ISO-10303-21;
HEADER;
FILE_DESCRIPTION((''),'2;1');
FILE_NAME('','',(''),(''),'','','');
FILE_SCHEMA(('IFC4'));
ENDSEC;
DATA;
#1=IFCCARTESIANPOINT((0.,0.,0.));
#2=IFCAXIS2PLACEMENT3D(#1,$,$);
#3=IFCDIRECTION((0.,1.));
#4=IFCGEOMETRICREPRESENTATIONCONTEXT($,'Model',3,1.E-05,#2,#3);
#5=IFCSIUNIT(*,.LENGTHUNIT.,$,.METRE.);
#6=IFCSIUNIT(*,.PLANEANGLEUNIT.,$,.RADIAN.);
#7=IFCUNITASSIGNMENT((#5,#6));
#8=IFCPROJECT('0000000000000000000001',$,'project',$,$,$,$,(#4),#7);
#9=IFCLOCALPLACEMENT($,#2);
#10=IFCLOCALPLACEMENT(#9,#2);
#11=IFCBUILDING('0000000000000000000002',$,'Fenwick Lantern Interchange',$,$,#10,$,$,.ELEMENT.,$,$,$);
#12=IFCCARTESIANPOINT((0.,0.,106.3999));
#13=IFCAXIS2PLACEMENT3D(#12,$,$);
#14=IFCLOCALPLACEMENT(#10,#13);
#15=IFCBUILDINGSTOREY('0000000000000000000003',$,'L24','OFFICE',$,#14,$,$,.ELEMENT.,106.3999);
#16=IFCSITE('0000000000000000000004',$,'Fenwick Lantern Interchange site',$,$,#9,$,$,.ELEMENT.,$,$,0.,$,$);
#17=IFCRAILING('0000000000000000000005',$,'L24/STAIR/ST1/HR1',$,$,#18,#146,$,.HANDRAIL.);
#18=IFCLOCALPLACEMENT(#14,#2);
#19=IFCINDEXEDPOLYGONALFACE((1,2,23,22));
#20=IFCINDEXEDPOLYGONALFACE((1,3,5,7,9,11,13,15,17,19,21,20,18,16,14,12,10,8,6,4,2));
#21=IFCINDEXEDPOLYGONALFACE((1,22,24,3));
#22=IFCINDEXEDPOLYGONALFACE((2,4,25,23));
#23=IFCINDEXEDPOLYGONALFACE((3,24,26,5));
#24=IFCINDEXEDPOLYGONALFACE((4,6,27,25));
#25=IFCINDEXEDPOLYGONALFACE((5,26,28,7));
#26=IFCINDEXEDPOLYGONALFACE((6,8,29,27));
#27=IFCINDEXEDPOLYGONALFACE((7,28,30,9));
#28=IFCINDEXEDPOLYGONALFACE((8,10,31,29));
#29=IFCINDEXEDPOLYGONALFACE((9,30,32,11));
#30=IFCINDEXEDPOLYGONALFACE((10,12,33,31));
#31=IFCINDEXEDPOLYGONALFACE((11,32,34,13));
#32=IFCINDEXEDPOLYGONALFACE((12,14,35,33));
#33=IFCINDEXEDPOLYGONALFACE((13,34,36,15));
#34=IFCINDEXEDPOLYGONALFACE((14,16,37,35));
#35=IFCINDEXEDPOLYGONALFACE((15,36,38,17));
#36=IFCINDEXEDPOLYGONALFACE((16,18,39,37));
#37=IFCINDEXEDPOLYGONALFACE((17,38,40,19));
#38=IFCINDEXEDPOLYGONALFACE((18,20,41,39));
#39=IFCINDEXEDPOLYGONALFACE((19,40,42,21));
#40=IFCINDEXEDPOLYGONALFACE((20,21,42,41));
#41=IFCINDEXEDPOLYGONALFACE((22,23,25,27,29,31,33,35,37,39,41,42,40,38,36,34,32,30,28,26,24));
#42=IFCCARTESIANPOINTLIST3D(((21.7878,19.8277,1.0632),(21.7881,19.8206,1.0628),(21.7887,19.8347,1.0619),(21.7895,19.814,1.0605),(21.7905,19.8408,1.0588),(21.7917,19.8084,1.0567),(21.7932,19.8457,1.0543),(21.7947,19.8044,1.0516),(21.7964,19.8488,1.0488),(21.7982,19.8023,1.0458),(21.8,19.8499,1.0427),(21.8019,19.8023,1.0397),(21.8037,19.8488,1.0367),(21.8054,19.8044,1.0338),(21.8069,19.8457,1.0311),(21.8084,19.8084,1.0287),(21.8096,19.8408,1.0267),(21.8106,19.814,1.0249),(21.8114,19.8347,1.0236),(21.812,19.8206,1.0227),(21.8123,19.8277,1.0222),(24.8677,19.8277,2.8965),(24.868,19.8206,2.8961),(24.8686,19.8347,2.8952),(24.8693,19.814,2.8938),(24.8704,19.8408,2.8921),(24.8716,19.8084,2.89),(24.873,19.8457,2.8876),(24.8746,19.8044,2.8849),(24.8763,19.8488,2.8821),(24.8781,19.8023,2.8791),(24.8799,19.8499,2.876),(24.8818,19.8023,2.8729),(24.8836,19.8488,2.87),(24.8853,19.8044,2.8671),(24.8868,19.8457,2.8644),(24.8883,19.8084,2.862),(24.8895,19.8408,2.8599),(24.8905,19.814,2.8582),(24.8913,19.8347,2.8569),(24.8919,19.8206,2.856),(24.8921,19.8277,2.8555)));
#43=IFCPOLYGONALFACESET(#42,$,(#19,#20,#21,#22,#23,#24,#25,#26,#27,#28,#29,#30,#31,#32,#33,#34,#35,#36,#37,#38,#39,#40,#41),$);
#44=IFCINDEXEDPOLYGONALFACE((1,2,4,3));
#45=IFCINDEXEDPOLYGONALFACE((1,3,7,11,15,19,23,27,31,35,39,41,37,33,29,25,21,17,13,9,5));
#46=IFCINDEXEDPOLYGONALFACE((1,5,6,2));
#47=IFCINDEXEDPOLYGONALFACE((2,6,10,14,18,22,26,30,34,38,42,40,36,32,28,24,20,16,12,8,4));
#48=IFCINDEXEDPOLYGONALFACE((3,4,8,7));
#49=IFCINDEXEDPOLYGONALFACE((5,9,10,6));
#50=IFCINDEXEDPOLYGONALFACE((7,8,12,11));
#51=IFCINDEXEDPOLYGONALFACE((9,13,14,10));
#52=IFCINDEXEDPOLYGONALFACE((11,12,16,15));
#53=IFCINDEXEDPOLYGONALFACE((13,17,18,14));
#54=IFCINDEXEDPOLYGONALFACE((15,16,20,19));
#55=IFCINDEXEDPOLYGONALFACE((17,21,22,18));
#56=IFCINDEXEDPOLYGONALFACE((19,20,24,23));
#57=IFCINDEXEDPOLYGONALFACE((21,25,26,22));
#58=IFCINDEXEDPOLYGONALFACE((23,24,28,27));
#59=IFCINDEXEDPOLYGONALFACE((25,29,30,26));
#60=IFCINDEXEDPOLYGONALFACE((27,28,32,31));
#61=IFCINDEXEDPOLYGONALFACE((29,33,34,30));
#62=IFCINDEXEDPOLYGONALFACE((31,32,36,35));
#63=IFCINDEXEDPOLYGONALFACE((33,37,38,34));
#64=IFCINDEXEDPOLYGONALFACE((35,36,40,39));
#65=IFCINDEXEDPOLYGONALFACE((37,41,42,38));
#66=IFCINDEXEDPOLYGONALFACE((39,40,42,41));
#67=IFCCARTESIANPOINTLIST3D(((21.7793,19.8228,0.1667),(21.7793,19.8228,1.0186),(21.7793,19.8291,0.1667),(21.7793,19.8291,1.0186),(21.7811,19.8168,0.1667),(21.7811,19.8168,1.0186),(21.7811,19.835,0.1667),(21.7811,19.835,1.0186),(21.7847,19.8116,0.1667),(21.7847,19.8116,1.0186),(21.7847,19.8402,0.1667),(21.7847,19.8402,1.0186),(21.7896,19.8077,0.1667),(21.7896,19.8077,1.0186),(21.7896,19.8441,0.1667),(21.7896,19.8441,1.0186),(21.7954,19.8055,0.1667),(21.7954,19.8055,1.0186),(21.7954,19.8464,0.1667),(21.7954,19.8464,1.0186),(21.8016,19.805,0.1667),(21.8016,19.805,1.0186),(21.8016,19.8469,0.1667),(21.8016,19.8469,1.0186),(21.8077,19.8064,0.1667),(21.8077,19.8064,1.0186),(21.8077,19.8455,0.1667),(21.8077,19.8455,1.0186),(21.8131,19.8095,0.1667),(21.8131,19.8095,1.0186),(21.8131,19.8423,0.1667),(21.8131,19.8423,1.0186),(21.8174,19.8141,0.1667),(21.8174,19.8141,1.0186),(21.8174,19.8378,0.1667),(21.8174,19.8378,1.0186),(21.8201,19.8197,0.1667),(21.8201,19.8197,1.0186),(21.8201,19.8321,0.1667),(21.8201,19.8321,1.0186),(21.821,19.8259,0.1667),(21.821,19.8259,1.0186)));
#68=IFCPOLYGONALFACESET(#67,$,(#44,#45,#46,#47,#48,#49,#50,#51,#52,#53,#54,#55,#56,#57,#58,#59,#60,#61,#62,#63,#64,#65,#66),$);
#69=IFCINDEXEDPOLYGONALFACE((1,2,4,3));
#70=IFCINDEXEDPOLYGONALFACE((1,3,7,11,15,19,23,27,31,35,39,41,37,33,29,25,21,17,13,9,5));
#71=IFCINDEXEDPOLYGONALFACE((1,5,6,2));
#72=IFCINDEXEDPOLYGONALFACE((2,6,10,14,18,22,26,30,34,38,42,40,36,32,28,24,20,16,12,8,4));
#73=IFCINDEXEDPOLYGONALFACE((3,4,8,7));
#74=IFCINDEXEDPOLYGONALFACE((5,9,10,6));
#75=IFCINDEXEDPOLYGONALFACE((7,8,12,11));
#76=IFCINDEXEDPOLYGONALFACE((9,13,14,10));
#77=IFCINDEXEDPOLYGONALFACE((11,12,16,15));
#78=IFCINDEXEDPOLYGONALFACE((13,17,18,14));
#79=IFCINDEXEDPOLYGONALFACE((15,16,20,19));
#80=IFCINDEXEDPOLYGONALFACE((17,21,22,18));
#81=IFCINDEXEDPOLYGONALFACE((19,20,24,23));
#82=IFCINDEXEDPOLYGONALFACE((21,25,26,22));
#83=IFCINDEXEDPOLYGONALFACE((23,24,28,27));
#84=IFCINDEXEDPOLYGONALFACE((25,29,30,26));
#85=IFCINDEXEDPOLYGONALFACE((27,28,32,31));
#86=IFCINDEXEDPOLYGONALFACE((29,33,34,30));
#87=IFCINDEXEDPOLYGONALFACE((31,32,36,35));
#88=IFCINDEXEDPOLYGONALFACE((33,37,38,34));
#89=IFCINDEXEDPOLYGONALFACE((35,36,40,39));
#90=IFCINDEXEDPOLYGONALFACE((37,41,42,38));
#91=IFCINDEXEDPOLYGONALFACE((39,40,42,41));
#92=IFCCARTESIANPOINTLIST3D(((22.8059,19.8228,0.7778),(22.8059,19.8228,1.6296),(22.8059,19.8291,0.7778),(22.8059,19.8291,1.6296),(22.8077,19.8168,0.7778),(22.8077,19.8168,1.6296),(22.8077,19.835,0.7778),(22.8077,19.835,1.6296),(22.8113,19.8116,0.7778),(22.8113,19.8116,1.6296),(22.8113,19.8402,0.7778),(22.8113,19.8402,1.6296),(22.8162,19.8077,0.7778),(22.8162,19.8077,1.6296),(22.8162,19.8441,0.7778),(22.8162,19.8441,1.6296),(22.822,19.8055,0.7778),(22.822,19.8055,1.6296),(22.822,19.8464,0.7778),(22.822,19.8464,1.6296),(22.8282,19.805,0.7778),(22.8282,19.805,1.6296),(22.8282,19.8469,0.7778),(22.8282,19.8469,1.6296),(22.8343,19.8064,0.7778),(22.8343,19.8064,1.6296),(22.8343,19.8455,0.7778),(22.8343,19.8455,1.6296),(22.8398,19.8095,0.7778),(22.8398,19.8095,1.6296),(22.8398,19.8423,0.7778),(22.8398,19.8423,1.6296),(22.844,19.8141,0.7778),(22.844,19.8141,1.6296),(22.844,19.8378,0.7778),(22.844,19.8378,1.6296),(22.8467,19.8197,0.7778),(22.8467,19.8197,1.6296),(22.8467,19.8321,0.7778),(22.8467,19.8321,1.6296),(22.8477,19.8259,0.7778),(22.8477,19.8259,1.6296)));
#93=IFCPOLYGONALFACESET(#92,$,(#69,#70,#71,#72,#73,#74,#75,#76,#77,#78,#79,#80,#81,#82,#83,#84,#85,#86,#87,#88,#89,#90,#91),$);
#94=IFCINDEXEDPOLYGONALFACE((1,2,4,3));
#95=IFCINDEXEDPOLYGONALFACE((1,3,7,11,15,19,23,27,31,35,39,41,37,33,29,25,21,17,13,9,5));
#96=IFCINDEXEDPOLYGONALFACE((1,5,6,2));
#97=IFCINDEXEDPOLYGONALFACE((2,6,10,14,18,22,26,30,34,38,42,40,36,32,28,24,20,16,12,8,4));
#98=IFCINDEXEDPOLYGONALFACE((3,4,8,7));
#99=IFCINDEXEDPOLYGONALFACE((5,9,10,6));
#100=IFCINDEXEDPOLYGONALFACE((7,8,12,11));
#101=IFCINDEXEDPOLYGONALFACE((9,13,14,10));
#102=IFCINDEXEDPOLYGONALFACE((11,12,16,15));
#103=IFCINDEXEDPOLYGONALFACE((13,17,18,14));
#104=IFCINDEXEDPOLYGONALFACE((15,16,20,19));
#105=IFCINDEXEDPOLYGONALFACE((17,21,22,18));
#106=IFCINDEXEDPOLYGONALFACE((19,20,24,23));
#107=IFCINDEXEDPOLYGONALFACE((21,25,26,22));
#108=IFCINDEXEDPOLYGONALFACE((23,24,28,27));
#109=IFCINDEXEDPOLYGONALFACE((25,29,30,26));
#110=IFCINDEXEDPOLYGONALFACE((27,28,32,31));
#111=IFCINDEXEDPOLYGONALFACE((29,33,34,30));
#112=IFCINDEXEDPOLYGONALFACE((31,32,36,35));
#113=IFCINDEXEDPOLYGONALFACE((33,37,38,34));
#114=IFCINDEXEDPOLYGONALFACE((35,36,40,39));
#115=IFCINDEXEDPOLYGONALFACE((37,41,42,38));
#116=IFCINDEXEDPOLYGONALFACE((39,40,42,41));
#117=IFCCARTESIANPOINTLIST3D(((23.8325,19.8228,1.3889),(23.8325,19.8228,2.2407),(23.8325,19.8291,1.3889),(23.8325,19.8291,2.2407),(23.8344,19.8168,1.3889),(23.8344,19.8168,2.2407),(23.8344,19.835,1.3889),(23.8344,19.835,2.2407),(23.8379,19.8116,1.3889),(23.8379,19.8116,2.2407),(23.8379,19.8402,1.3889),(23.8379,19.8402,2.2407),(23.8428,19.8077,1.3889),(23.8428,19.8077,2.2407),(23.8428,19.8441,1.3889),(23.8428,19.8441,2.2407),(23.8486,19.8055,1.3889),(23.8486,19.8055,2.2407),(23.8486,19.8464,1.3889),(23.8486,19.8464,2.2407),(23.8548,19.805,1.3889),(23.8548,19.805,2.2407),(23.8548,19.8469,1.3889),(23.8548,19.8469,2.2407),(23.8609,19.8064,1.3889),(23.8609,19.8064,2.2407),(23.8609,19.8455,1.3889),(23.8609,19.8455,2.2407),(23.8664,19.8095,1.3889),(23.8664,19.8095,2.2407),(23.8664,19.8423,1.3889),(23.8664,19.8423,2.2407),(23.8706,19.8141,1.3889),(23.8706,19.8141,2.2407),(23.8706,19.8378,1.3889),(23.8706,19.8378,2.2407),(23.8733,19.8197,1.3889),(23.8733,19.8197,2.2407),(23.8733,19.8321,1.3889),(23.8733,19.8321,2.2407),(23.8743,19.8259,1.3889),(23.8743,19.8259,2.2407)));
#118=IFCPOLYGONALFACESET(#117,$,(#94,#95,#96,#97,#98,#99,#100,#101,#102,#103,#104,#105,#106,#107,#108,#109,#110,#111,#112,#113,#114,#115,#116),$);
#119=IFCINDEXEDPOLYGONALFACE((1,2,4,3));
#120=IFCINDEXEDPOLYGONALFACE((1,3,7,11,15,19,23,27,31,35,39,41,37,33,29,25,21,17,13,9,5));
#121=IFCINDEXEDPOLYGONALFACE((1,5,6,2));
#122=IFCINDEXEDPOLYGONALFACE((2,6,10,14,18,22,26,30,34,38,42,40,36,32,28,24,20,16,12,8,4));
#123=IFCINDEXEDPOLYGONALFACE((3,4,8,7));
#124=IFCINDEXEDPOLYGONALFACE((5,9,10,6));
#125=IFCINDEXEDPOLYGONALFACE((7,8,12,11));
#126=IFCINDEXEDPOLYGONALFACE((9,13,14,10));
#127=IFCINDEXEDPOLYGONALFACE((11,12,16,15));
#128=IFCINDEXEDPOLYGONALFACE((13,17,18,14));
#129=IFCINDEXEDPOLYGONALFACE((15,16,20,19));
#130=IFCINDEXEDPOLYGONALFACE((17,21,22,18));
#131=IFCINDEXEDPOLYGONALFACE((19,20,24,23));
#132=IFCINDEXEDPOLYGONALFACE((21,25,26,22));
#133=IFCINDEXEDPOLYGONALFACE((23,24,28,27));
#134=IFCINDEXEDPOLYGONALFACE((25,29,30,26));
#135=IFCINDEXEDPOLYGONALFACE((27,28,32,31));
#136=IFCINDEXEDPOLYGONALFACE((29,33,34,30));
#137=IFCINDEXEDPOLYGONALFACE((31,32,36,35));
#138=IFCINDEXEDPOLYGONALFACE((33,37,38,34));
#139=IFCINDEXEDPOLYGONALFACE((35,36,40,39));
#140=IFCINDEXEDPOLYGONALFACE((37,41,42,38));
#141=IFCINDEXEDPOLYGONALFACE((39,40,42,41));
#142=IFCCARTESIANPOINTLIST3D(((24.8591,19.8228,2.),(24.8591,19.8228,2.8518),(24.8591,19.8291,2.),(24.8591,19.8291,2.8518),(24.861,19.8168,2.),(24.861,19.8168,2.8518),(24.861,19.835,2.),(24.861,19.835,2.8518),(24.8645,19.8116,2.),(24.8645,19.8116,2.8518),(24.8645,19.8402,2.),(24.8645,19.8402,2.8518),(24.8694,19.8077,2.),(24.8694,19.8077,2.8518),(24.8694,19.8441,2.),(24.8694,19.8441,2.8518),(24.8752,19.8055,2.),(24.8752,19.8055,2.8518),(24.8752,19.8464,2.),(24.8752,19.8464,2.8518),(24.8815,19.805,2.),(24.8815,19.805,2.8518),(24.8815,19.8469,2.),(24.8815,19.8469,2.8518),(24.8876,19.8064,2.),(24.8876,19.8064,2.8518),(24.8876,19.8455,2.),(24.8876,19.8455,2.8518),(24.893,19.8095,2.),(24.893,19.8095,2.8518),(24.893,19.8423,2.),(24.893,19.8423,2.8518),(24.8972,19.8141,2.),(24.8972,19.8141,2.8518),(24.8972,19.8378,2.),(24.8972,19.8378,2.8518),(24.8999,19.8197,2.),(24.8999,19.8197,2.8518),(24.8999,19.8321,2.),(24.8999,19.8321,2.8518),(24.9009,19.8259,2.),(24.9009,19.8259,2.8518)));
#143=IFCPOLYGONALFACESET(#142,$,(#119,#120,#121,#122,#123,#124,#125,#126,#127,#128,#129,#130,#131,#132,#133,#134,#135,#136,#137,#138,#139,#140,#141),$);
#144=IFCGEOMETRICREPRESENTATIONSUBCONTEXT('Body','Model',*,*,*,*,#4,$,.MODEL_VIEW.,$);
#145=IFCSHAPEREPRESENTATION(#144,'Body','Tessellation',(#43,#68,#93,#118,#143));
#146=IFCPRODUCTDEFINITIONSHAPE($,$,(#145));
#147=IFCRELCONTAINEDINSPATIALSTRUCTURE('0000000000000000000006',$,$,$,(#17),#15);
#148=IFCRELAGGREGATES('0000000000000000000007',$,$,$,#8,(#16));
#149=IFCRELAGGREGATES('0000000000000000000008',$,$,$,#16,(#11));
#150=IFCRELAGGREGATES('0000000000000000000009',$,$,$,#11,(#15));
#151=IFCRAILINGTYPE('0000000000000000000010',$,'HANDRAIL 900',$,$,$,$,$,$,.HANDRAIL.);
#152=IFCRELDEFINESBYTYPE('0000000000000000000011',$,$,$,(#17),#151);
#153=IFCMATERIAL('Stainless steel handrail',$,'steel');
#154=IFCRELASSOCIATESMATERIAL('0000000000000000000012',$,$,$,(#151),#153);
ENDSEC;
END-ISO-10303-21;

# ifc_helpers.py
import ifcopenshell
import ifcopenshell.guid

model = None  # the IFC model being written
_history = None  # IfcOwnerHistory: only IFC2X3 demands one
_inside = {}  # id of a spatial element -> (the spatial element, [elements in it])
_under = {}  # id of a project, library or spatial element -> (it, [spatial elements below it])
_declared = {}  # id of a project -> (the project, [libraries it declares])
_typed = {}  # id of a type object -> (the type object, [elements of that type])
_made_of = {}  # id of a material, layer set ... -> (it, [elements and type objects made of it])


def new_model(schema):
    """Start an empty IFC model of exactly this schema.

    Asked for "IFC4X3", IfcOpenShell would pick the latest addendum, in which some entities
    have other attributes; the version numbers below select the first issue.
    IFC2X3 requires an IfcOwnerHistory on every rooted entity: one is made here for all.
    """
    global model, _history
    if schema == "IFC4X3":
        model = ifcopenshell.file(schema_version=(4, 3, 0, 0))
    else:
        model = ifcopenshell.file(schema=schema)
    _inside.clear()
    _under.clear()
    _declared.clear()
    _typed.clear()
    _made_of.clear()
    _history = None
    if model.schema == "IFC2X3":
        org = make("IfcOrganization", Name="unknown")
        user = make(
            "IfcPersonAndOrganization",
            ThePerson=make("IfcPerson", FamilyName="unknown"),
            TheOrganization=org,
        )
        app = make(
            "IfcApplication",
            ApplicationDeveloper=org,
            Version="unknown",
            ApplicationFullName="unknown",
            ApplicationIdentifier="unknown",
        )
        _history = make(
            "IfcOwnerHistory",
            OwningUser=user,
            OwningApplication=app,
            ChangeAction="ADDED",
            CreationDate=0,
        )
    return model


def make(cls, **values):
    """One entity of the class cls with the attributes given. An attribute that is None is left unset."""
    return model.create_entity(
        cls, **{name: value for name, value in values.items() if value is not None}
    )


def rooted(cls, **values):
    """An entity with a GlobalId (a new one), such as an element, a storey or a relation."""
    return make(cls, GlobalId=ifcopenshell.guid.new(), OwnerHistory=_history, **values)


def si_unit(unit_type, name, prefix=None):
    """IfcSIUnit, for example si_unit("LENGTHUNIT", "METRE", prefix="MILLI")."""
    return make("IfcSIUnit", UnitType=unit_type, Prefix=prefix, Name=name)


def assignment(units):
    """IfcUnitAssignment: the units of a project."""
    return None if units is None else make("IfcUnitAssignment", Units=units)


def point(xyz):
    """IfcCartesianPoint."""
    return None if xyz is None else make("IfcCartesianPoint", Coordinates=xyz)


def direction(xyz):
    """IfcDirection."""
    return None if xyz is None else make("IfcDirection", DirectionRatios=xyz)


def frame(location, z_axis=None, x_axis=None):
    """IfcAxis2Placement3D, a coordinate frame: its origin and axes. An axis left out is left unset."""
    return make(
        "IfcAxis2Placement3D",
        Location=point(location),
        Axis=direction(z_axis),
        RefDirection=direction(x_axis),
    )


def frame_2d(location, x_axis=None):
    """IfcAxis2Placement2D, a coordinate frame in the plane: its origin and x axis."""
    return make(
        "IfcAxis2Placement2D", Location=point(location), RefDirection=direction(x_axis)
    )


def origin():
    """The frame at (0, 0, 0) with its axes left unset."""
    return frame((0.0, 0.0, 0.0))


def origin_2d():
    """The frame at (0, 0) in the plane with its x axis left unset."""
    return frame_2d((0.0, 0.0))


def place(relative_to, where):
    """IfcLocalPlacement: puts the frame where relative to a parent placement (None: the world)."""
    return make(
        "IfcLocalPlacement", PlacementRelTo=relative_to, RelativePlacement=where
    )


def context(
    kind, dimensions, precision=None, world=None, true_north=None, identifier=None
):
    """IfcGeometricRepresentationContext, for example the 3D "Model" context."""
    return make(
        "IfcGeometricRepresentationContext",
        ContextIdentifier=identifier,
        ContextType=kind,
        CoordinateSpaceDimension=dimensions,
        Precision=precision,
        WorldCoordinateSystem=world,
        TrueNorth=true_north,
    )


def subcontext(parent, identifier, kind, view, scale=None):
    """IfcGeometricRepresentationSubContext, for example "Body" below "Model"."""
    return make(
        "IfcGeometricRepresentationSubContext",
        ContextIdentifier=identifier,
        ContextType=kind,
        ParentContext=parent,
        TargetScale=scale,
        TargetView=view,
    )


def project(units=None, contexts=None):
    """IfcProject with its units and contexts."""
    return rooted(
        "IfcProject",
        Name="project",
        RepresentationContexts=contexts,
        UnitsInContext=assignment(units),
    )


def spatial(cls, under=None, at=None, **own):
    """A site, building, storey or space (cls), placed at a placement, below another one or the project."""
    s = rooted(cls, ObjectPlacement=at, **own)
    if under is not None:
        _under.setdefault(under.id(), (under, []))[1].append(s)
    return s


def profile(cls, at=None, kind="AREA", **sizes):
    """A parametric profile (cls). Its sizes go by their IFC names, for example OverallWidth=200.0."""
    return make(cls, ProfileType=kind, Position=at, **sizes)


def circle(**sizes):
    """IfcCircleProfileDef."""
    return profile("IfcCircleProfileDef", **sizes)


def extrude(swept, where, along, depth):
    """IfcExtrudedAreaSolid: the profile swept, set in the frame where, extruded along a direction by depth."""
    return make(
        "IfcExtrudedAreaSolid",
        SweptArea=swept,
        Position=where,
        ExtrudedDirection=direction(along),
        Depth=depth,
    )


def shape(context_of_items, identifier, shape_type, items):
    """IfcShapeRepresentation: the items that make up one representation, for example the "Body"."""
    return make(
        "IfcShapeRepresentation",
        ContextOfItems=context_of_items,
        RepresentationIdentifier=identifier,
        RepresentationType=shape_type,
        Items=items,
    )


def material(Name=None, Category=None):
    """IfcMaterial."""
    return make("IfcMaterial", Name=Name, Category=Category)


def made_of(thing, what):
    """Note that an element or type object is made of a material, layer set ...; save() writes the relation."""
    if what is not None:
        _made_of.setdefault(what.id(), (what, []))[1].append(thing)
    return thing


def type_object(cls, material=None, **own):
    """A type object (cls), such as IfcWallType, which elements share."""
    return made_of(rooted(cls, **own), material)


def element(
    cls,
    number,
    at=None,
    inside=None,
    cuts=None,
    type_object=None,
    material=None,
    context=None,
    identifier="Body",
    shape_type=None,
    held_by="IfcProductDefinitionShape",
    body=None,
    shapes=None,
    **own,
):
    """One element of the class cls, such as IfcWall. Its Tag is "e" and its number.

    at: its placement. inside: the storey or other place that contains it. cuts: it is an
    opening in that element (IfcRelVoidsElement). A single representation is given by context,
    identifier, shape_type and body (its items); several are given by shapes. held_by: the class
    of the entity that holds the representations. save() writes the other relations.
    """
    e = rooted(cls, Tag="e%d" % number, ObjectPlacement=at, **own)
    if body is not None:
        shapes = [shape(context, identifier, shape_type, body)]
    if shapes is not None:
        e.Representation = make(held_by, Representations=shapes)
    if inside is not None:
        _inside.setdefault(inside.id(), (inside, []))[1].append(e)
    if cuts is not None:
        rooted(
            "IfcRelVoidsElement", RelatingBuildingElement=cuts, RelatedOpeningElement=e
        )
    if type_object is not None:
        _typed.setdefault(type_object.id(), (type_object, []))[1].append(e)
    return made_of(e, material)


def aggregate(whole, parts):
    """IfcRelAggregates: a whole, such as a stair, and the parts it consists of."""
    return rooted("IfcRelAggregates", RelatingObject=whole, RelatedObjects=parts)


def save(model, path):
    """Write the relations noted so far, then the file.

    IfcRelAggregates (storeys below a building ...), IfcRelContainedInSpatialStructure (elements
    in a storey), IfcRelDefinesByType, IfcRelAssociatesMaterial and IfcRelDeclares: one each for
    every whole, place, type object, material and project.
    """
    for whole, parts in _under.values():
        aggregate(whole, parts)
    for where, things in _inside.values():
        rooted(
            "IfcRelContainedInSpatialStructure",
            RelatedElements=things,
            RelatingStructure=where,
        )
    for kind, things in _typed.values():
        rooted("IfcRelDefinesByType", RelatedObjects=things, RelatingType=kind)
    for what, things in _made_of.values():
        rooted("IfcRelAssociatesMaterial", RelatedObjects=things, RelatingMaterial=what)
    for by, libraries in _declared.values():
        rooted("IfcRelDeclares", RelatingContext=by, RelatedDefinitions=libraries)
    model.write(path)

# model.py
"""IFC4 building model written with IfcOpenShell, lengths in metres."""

from ifc_helpers import new_model, si_unit, direction, frame, origin, origin_2d, place, context, subcontext, project, spatial, circle, extrude, material, type_object, element, save


model = new_model("IFC4")

# Units and contexts
model_context = context("Model", 3, precision=1e-05, world=origin(), true_north=direction((0.0, 1.0)))
body_context = subcontext(model_context, "Body", "Model", "MODEL_VIEW")
ifc_project = project(units=[si_unit("LENGTHUNIT", "METRE"), si_unit("PLANEANGLEUNIT", "RADIAN")], contexts=[model_context])

# Site, building, storey
site_placement = place(None, origin())
site = spatial("IfcSite", under=ifc_project, at=site_placement, Name="Fenwick Lantern Interchange site", CompositionType="ELEMENT", RefElevation=0.0)
building_placement = place(site_placement, origin())
building = spatial("IfcBuilding", under=site, at=building_placement, Name="Fenwick Lantern Interchange", CompositionType="ELEMENT")
storey_placement = place(building_placement, frame((0.0, 0.0, 106.3999)))
storey = spatial("IfcBuildingStorey", under=building, at=storey_placement, Name="L24", Description="OFFICE", CompositionType="ELEMENT", Elevation=106.3999)

# Railing
ifc_material_1 = material(Name="Stainless steel handrail", Category="steel")
railing_type = type_object("IfcRailingType", Name="HANDRAIL 900", PredefinedType="HANDRAIL", material=ifc_material_1)
railing_1_placement = place(storey_placement, frame((21.8, 19.8259, 0.1667)))
element("IfcRailing", 1, at=railing_1_placement, inside=storey, type_object=railing_type, Name="L24/STAIR/ST1/HR1", PredefinedType="HANDRAIL", context=body_context, shape_type="SweptSolid", body=[
    extrude(circle(Radius=0.0239, at=origin_2d()), frame((0.0, 0.0, 0.876), z_axis=(0.859291, 0.0, 0.511487), x_axis=(0.0, 1.0, 0.0)), (0.0, 0.0, 1.0), 3.5842),
    extrude(circle(Radius=0.021, at=origin_2d()), origin(), (0.0, 0.0, 1.0), 0.8518),
    extrude(circle(Radius=0.021, at=origin_2d()), frame((1.0266, 0.0, 0.6111)), (0.0, 0.0, 1.0), 0.8518),
    extrude(circle(Radius=0.021, at=origin_2d()), frame((2.0532, 0.0, 1.2222)), (0.0, 0.0, 1.0), 0.8518),
    extrude(circle(Radius=0.021, at=origin_2d()), frame((3.0798, 0.0, 1.8333)), (0.0, 0.0, 1.0), 0.8518),
])

save(model, "model.ifc")
